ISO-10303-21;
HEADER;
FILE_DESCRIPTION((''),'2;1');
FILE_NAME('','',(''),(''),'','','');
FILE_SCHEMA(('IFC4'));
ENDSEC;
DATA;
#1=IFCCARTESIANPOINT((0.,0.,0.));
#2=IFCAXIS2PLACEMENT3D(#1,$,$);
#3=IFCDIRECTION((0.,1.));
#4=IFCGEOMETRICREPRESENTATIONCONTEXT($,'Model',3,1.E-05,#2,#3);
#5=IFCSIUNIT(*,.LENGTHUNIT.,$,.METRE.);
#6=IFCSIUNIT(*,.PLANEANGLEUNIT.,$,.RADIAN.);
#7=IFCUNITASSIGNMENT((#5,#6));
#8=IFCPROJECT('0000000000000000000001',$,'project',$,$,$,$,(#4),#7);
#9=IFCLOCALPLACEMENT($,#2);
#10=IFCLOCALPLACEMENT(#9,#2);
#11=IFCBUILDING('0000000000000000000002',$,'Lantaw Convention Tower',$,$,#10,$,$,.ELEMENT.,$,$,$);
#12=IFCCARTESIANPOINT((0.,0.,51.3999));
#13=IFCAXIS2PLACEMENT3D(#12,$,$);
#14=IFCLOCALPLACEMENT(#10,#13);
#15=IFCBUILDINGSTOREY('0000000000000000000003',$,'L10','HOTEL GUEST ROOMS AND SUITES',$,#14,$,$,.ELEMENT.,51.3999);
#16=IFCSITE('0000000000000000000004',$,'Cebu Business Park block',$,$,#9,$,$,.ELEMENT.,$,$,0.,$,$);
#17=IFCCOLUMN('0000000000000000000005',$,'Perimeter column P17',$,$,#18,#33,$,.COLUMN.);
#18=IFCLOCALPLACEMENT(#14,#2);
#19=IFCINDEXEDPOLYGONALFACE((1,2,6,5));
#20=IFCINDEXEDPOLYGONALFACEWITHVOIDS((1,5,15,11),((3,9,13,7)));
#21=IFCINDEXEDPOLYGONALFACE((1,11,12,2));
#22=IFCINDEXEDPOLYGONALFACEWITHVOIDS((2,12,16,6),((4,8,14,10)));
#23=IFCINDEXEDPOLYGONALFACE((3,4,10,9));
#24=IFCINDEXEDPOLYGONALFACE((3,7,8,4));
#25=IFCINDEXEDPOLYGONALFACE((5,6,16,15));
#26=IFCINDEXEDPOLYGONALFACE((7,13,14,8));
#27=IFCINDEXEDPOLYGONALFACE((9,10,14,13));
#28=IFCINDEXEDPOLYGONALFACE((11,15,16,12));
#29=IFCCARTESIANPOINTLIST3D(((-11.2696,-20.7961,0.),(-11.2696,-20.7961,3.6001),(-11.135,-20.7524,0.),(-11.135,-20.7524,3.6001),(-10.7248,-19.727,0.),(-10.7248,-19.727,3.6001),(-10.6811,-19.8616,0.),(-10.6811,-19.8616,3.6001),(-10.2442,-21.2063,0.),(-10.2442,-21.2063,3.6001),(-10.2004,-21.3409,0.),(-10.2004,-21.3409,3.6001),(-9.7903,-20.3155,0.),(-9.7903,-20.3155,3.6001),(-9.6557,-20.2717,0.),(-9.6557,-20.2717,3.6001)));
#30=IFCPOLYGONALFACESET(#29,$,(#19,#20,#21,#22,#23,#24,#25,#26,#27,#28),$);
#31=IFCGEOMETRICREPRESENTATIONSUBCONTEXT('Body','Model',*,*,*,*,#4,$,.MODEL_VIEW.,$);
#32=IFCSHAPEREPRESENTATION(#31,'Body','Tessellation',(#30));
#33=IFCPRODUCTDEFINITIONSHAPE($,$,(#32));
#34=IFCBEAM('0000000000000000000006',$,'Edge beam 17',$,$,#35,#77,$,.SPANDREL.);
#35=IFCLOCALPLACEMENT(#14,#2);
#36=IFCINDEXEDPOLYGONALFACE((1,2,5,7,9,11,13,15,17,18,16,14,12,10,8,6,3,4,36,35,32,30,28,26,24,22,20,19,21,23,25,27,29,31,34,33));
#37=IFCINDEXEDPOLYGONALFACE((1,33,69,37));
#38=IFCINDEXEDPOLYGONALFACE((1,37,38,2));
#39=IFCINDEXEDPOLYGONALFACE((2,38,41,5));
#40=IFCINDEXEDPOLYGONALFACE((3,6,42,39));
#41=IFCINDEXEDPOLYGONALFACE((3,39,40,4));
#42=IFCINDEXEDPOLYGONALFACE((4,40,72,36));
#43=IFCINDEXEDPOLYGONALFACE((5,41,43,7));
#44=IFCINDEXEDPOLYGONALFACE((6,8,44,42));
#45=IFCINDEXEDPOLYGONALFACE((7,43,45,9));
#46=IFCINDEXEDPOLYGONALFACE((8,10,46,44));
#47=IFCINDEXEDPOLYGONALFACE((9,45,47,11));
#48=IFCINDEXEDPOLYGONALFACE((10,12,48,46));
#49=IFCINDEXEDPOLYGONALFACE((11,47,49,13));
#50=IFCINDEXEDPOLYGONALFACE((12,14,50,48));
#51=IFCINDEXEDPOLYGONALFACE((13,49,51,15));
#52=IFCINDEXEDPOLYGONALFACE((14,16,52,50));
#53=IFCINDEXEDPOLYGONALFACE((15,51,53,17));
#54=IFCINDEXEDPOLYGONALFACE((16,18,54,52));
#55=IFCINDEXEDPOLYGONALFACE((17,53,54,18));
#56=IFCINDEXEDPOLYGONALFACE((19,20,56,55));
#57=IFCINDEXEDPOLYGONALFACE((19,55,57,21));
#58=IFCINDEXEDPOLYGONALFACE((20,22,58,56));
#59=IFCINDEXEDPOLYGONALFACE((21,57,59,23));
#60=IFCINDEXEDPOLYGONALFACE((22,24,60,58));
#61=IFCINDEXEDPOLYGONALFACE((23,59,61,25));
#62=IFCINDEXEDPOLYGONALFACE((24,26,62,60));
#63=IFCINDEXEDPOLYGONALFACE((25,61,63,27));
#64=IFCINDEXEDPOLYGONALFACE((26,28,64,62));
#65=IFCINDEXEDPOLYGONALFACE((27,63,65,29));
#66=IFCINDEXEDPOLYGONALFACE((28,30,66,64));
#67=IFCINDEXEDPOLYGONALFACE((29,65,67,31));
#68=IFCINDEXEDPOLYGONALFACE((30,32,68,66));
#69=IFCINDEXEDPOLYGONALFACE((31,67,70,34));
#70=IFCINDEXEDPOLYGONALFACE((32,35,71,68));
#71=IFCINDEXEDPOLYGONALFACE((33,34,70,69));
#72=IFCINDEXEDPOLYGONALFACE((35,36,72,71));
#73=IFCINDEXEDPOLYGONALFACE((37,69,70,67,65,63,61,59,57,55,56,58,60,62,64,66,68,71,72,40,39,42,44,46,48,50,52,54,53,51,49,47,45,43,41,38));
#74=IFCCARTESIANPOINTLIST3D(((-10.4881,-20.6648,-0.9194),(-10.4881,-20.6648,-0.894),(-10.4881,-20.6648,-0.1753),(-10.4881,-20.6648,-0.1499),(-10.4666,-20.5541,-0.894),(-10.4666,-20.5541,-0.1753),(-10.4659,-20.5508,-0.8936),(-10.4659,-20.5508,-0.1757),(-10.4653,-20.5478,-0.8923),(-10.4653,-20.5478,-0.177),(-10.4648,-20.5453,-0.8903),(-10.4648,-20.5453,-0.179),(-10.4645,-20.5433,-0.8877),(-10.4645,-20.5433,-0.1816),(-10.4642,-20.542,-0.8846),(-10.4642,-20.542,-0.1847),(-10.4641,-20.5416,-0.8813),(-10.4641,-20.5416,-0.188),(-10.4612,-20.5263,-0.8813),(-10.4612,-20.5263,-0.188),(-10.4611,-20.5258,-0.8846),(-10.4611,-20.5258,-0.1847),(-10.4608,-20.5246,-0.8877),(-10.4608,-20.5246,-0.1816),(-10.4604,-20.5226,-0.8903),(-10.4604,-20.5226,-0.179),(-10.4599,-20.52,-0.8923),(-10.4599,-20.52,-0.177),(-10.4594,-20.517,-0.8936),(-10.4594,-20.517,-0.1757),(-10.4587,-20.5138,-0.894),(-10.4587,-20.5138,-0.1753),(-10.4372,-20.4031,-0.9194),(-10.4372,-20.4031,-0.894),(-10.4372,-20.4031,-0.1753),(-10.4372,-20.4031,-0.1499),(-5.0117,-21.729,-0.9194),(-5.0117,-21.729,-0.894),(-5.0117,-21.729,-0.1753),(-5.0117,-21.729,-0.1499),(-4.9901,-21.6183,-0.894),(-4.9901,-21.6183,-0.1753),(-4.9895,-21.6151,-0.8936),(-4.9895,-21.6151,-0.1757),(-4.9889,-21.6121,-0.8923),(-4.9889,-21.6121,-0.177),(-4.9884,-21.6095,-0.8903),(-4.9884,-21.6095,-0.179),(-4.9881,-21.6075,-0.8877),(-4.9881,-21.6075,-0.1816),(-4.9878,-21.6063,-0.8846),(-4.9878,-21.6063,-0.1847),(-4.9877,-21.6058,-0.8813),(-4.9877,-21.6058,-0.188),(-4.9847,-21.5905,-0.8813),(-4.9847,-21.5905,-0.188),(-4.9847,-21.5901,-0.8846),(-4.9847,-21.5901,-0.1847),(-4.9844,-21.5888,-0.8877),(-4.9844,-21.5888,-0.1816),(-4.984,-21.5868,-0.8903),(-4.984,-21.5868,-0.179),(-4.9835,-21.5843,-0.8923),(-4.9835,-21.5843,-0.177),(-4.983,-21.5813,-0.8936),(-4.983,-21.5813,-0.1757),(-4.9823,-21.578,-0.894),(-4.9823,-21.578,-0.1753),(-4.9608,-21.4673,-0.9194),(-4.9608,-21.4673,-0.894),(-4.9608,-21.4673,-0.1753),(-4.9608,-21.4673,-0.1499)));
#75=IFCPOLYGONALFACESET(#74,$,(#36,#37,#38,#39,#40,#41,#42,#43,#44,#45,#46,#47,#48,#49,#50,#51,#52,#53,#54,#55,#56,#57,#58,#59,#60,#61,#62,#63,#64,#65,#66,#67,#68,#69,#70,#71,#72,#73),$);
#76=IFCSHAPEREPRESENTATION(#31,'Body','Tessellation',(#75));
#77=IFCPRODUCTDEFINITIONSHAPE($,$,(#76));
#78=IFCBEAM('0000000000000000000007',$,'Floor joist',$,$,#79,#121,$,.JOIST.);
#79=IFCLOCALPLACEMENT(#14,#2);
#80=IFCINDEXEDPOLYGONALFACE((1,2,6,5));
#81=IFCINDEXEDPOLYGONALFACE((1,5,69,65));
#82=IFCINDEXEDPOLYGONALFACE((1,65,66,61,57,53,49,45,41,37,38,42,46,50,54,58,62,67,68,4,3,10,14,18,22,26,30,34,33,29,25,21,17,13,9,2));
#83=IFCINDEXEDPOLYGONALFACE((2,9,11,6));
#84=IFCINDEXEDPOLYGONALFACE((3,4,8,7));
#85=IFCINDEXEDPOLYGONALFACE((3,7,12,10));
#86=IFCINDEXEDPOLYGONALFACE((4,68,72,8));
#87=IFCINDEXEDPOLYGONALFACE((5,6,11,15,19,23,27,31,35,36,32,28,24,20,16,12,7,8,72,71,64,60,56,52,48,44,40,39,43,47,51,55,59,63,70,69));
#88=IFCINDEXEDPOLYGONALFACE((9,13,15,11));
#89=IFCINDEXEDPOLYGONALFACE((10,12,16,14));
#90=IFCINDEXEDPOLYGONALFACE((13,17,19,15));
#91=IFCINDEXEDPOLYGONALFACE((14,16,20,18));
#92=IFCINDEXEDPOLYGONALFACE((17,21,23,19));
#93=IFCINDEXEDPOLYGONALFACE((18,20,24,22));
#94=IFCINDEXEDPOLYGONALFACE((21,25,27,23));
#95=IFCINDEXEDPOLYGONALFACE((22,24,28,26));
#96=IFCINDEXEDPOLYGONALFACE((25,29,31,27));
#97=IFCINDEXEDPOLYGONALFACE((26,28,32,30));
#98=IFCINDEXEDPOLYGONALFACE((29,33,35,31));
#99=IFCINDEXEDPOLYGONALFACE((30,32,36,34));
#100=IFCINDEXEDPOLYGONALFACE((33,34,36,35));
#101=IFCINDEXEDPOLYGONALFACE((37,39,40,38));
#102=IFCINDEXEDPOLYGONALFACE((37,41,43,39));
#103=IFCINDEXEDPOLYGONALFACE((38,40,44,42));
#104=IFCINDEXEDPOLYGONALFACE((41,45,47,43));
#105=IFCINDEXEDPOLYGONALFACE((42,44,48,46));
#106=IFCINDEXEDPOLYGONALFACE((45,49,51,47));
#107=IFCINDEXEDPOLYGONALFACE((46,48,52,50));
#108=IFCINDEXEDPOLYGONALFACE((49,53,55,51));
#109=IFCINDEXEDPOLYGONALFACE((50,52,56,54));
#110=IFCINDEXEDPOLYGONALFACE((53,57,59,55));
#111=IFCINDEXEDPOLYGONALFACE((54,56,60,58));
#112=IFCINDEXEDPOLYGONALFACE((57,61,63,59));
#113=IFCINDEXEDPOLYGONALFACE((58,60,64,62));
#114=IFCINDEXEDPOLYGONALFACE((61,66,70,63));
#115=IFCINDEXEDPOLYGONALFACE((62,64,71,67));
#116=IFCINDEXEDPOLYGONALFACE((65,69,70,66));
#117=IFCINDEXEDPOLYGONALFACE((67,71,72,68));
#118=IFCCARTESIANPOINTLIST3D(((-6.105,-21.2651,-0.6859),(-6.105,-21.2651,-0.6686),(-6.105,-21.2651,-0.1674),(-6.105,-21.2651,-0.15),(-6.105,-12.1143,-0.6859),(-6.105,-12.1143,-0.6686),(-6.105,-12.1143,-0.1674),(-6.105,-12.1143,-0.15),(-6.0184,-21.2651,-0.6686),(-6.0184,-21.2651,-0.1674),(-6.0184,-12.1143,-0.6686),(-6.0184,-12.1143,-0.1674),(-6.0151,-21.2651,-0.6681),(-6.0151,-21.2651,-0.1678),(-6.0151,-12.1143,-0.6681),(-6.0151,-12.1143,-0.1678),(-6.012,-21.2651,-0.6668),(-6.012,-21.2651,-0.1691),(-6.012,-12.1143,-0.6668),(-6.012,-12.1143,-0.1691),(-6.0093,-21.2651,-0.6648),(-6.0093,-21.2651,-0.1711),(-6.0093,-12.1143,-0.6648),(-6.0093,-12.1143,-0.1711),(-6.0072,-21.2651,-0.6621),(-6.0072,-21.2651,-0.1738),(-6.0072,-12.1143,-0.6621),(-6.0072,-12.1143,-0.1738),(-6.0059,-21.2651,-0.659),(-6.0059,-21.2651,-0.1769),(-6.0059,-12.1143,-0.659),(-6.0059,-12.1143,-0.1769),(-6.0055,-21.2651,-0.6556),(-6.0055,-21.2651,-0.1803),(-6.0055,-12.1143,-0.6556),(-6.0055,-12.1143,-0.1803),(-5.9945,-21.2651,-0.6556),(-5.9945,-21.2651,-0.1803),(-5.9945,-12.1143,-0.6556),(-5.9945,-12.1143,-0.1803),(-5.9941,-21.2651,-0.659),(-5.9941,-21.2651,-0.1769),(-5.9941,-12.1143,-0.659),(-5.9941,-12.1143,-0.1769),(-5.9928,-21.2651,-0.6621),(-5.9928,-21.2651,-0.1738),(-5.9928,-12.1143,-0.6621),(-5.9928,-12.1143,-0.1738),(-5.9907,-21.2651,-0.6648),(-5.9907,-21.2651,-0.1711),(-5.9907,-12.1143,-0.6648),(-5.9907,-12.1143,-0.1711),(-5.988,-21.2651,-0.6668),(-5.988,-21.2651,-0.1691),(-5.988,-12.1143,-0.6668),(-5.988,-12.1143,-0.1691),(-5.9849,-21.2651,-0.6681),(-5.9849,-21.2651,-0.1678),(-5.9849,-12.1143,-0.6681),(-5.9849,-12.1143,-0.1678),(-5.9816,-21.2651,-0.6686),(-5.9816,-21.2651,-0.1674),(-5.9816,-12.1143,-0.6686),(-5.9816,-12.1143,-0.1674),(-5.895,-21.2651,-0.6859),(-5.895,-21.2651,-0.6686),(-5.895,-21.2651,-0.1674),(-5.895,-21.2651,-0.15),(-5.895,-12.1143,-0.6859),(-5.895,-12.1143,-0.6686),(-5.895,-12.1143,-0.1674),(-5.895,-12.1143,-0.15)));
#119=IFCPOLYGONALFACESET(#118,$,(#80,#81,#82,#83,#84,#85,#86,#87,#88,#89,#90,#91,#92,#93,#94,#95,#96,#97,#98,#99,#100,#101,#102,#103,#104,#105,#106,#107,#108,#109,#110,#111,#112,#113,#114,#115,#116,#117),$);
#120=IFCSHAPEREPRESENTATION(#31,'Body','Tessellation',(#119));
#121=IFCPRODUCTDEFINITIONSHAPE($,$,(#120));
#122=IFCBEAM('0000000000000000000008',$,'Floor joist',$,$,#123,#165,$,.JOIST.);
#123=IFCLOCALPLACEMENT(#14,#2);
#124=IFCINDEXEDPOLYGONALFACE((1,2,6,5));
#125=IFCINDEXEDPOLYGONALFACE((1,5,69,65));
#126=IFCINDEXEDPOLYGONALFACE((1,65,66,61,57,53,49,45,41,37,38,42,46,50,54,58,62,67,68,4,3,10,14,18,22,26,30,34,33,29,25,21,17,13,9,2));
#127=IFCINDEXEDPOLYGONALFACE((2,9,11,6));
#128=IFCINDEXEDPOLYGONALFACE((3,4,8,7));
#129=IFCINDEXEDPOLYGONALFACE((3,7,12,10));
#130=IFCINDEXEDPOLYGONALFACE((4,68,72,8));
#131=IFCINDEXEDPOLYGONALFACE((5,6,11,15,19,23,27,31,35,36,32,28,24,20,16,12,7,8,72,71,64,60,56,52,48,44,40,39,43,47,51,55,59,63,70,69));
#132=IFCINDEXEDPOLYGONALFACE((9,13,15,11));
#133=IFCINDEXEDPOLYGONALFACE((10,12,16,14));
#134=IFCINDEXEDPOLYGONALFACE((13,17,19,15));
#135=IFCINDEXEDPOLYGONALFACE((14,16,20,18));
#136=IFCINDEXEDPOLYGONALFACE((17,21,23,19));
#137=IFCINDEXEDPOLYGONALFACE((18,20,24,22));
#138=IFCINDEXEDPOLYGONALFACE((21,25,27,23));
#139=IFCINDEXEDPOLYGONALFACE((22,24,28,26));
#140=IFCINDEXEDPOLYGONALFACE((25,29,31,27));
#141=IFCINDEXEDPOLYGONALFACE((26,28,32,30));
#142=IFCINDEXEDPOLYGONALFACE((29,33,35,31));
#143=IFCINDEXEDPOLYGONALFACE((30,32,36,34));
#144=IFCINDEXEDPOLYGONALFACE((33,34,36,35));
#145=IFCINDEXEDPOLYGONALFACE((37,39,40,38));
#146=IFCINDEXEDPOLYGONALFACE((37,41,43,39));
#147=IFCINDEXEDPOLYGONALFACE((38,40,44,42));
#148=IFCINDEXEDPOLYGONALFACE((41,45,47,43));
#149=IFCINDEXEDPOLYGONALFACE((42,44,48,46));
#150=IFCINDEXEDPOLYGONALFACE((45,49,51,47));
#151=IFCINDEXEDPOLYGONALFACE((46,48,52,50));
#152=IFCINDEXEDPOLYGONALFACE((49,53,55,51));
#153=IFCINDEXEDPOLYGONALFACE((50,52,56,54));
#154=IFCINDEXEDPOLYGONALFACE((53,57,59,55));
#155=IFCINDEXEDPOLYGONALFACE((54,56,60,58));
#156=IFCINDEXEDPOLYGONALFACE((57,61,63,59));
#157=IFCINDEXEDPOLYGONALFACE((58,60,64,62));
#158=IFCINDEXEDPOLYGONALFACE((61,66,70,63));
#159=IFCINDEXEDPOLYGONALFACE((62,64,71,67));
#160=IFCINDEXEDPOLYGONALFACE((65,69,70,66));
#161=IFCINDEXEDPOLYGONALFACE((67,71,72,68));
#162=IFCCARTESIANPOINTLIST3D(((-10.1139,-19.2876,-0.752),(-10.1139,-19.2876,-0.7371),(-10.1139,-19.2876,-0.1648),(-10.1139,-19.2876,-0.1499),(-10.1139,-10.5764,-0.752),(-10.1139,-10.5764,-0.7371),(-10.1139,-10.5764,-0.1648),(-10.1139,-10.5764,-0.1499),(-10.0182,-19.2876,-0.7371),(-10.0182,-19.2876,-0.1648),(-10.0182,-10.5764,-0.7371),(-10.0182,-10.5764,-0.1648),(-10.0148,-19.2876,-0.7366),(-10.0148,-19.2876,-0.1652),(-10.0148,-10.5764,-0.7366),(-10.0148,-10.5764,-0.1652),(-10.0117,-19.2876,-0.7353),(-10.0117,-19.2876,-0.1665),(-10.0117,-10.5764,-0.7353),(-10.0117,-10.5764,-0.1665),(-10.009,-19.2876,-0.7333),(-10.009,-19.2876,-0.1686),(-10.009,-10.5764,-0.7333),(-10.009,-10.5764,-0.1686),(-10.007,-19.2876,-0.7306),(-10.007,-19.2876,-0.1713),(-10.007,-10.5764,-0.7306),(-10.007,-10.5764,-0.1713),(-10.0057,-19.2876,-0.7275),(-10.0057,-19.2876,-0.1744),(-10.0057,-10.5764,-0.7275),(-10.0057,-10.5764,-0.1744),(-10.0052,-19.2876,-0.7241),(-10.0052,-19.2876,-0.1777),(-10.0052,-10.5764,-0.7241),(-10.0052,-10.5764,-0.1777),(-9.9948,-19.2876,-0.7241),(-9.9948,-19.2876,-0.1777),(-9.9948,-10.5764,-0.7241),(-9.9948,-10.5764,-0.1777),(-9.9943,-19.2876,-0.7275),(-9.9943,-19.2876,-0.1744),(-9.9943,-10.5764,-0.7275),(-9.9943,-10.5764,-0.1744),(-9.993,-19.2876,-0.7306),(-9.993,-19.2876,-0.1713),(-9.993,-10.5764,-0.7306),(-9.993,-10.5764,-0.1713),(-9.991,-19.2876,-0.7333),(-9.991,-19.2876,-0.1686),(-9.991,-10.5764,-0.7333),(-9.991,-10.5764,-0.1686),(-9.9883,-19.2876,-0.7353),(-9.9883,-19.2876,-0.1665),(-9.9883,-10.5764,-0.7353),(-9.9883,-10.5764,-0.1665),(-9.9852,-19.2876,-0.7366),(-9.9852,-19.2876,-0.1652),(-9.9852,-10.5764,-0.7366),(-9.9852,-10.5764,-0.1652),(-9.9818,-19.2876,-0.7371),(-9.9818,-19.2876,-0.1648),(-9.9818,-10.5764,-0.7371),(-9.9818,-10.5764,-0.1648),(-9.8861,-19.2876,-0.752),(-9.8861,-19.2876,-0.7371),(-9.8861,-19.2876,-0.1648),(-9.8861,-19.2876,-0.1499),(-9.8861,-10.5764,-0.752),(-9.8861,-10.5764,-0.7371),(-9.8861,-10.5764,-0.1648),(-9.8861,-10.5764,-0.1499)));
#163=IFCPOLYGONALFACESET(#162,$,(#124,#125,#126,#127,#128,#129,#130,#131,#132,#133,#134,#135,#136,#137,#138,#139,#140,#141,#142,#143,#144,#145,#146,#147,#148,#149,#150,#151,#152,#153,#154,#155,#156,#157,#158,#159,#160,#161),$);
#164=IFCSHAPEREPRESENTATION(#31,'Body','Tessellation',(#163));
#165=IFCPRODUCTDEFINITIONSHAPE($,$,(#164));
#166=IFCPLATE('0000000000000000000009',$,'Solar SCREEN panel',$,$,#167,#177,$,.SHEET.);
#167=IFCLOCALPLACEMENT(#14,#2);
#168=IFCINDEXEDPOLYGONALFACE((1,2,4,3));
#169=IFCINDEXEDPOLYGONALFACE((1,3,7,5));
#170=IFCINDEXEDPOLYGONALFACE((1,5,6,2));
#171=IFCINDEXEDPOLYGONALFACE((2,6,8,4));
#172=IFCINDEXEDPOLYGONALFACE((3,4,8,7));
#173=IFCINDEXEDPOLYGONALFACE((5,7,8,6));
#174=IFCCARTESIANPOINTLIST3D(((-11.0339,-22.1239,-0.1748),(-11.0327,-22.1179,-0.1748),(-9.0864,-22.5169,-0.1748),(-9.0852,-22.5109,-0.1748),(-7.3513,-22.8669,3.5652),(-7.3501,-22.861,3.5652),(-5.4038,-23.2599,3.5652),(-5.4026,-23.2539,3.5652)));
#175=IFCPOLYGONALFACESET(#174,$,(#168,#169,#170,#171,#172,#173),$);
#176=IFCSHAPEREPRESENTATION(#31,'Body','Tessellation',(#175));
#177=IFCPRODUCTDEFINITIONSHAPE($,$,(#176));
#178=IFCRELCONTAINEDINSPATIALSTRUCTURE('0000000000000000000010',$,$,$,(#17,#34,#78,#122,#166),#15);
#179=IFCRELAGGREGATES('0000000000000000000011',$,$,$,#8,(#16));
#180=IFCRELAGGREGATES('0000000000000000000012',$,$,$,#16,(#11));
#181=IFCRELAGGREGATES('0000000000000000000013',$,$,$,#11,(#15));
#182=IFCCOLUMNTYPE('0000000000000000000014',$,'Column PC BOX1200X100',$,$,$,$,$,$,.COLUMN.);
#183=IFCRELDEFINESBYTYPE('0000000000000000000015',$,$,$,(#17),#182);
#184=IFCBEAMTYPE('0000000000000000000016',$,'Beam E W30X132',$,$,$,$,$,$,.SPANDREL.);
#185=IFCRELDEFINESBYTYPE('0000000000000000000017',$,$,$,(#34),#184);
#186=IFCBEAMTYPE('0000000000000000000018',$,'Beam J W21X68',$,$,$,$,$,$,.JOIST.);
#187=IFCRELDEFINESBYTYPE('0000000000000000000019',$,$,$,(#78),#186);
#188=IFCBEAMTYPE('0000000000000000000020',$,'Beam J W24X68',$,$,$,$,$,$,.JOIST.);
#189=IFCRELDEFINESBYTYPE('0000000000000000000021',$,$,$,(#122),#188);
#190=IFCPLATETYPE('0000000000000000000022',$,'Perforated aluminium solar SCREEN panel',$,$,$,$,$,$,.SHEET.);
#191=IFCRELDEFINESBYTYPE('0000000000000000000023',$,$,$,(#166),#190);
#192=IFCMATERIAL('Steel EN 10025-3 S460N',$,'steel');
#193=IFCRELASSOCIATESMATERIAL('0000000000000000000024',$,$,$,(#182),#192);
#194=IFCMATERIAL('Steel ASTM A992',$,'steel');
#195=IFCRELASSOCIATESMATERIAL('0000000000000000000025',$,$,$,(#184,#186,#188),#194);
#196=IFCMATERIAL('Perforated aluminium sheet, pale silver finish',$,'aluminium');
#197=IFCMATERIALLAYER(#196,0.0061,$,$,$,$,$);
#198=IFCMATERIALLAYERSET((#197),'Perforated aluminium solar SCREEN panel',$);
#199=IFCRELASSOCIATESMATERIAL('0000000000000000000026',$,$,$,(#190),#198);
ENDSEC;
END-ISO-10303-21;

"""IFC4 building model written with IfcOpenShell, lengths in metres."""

from ifc_helpers import new_model, si_unit, direction, frame, origin, origin_2d, place, context, subcontext, project, spatial, polyline, rectangle, hollow_rectangle, i_section, outline, extrude, material, layer, layer_set, material_profile, profile_set, type_object, element, save


model = new_model("IFC4")

# Units and contexts
model_context = context("Model", 3, precision=1e-05, world=origin(), true_north=direction((0.0, 1.0)))
body_context = subcontext(model_context, "Body", "Model", "MODEL_VIEW")
ifc_project = project(units=[si_unit("LENGTHUNIT", "METRE"), si_unit("PLANEANGLEUNIT", "RADIAN")], contexts=[model_context])

# Site, building, storey
site_placement = place(None, origin())
site = spatial("IfcSite", under=ifc_project, at=site_placement, Name="Cebu Business Park block", CompositionType="ELEMENT", RefElevation=0.0)
building_placement = place(site_placement, origin())
building = spatial("IfcBuilding", under=site, at=building_placement, Name="Lantaw Convention Tower", CompositionType="ELEMENT")
storey_placement = place(building_placement, frame((0.0, 0.0, 51.3999)))
storey = spatial("IfcBuildingStorey", under=building, at=storey_placement, Name="L10", Description="HOTEL GUEST ROOMS AND SUITES", CompositionType="ELEMENT", Elevation=51.3999)

# Column
ifc_material_1 = material(Name="Steel EN 10025-3 S460N", Category="steel")
ifc_material_profile_1 = material_profile(ifc_material_1, hollow_rectangle(XDim=1.2, YDim=1.2, WallThickness=0.1001, at=origin_2d()), Name="BOX1200X100")
ifc_material_2 = material(Name="Concrete C60/75", Category="concrete")
ifc_material_profile_2 = material_profile(ifc_material_2, rectangle(XDim=1.0, YDim=1.0, at=origin_2d()), Name="Concrete fill of BOX1200X100")
ifc_profile_set_1 = profile_set([ifc_material_profile_1, ifc_material_profile_2], Name="Steel EN 10025-3 S460N")
column_type = type_object("IfcColumnType", Name="Column PC BOX1200X100", PredefinedType="COLUMN", material=ifc_profile_set_1)
column_placement = place(storey_placement, frame((-10.4626, -20.5339, 0.0), z_axis=(0.0, 0.0, 1.0), x_axis=(0.45399, 0.891007, 0.0)))
element("IfcColumn", 1, at=column_placement, inside=storey, type_object=column_type, Name="Perimeter column P17", PredefinedType="COLUMN", context=body_context, shape_type="SweptSolid", body=[
    extrude(hollow_rectangle(XDim=1.2, YDim=1.2, WallThickness=0.1001, at=origin_2d()), origin(), (0.0, 0.0, 1.0), 3.6001),
])

# Beams
ifc_material_3 = material(Name="Steel ASTM A992", Category="steel")
ifc_material_profile_3 = material_profile(ifc_material_3, i_section(OverallWidth=0.2666, OverallDepth=0.7695, WebThickness=0.0156, FlangeThickness=0.0254, FilletRadius=0.0127, at=origin_2d()), Name="W30X132")
ifc_profile_set_2 = profile_set([ifc_material_profile_3], Name="Steel ASTM A992")
beam_type_1 = type_object("IfcBeamType", Name="Beam E W30X132", PredefinedType="SPANDREL", material=ifc_profile_set_2)
beam_1_placement = place(storey_placement, frame((-10.4626, -20.5339, -0.5347), z_axis=(0.981637, -0.190761, 0.0), x_axis=(0.190761, 0.981637, 0.0)))
element("IfcBeam", 2, at=beam_1_placement, inside=storey, type_object=beam_type_1, Name="Edge beam 17", PredefinedType="SPANDREL", context=body_context, shape_type="SweptSolid", body=[
    extrude(i_section(OverallWidth=0.2666, OverallDepth=0.7695, WebThickness=0.0156, FlangeThickness=0.0254, FilletRadius=0.0127, at=origin_2d()), origin(), (0.0, 0.0, 1.0), 5.5789),
])
ifc_material_profile_4 = material_profile(ifc_material_3, i_section(OverallWidth=0.21, OverallDepth=0.5359, WebThickness=0.011, FlangeThickness=0.0173, FilletRadius=0.0129, at=origin_2d()), Name="W21X68")
ifc_profile_set_3 = profile_set([ifc_material_profile_4], Name="Steel ASTM A992")
beam_type_2 = type_object("IfcBeamType", Name="Beam J W21X68", PredefinedType="JOIST", material=ifc_profile_set_3)
beam_2_placement = place(storey_placement, frame((-6.0, -21.2651, -0.418), z_axis=(0.0, 1.0, 0.0), x_axis=(-1.0, 0.0, 0.0)))
element("IfcBeam", 3, at=beam_2_placement, inside=storey, type_object=beam_type_2, Name="Floor joist", PredefinedType="JOIST", context=body_context, shape_type="SweptSolid", body=[
    extrude(i_section(OverallWidth=0.21, OverallDepth=0.5359, WebThickness=0.011, FlangeThickness=0.0173, FilletRadius=0.0129, at=origin_2d()), origin(), (0.0, 0.0, 1.0), 9.1509),
])
ifc_material_profile_5 = material_profile(ifc_material_3, i_section(OverallWidth=0.2278, OverallDepth=0.6021, WebThickness=0.0105, FlangeThickness=0.0149, FilletRadius=0.0129, at=origin_2d()), Name="W24X68")
ifc_profile_set_4 = profile_set([ifc_material_profile_5], Name="Steel ASTM A992")
beam_type_3 = type_object("IfcBeamType", Name="Beam J W24X68", PredefinedType="JOIST", material=ifc_profile_set_4)
beam_3_placement = place(storey_placement, frame((-10.0, -19.2876, -0.4509), z_axis=(0.0, 1.0, 0.0), x_axis=(-1.0, 0.0, 0.0)))
element("IfcBeam", 4, at=beam_3_placement, inside=storey, type_object=beam_type_3, Name="Floor joist", PredefinedType="JOIST", context=body_context, shape_type="SweptSolid", body=[
    extrude(i_section(OverallWidth=0.2278, OverallDepth=0.6021, WebThickness=0.0105, FlangeThickness=0.0149, FilletRadius=0.0129, at=origin_2d()), origin(), (0.0, 0.0, 1.0), 8.7112),
])

# Plate
ifc_material_4 = material(Name="Perforated aluminium sheet, pale silver finish", Category="aluminium")
ifc_layer_1 = layer(ifc_material_4, 0.0061)
ifc_layer_set_1 = layer_set([ifc_layer_1], Name="Perforated aluminium solar SCREEN panel")
plate_type = type_object("IfcPlateType", Name="Perforated aluminium solar SCREEN panel", PredefinedType="SHEET", material=ifc_layer_set_1)
plate_placement = place(storey_placement, frame((-11.0327, -22.1179, -0.1748), z_axis=(0.197782, 0.980246, 0.000002), x_axis=(0.980246, -0.197782, 0.0)))
element("IfcPlate", 5, at=plate_placement, inside=storey, type_object=plate_type, Name="Solar SCREEN panel", PredefinedType="SHEET", context=body_context, shape_type="SweptSolid", body=[
    extrude(outline(polyline([(0.0, 0.0), (1.9868, 0.0), (5.7436, -3.74), (3.7569, -3.74), (0.0, 0.0)])), origin(), (0.0, 0.0, -1.0), 0.0061),
])

save(model, "model.ifc")
